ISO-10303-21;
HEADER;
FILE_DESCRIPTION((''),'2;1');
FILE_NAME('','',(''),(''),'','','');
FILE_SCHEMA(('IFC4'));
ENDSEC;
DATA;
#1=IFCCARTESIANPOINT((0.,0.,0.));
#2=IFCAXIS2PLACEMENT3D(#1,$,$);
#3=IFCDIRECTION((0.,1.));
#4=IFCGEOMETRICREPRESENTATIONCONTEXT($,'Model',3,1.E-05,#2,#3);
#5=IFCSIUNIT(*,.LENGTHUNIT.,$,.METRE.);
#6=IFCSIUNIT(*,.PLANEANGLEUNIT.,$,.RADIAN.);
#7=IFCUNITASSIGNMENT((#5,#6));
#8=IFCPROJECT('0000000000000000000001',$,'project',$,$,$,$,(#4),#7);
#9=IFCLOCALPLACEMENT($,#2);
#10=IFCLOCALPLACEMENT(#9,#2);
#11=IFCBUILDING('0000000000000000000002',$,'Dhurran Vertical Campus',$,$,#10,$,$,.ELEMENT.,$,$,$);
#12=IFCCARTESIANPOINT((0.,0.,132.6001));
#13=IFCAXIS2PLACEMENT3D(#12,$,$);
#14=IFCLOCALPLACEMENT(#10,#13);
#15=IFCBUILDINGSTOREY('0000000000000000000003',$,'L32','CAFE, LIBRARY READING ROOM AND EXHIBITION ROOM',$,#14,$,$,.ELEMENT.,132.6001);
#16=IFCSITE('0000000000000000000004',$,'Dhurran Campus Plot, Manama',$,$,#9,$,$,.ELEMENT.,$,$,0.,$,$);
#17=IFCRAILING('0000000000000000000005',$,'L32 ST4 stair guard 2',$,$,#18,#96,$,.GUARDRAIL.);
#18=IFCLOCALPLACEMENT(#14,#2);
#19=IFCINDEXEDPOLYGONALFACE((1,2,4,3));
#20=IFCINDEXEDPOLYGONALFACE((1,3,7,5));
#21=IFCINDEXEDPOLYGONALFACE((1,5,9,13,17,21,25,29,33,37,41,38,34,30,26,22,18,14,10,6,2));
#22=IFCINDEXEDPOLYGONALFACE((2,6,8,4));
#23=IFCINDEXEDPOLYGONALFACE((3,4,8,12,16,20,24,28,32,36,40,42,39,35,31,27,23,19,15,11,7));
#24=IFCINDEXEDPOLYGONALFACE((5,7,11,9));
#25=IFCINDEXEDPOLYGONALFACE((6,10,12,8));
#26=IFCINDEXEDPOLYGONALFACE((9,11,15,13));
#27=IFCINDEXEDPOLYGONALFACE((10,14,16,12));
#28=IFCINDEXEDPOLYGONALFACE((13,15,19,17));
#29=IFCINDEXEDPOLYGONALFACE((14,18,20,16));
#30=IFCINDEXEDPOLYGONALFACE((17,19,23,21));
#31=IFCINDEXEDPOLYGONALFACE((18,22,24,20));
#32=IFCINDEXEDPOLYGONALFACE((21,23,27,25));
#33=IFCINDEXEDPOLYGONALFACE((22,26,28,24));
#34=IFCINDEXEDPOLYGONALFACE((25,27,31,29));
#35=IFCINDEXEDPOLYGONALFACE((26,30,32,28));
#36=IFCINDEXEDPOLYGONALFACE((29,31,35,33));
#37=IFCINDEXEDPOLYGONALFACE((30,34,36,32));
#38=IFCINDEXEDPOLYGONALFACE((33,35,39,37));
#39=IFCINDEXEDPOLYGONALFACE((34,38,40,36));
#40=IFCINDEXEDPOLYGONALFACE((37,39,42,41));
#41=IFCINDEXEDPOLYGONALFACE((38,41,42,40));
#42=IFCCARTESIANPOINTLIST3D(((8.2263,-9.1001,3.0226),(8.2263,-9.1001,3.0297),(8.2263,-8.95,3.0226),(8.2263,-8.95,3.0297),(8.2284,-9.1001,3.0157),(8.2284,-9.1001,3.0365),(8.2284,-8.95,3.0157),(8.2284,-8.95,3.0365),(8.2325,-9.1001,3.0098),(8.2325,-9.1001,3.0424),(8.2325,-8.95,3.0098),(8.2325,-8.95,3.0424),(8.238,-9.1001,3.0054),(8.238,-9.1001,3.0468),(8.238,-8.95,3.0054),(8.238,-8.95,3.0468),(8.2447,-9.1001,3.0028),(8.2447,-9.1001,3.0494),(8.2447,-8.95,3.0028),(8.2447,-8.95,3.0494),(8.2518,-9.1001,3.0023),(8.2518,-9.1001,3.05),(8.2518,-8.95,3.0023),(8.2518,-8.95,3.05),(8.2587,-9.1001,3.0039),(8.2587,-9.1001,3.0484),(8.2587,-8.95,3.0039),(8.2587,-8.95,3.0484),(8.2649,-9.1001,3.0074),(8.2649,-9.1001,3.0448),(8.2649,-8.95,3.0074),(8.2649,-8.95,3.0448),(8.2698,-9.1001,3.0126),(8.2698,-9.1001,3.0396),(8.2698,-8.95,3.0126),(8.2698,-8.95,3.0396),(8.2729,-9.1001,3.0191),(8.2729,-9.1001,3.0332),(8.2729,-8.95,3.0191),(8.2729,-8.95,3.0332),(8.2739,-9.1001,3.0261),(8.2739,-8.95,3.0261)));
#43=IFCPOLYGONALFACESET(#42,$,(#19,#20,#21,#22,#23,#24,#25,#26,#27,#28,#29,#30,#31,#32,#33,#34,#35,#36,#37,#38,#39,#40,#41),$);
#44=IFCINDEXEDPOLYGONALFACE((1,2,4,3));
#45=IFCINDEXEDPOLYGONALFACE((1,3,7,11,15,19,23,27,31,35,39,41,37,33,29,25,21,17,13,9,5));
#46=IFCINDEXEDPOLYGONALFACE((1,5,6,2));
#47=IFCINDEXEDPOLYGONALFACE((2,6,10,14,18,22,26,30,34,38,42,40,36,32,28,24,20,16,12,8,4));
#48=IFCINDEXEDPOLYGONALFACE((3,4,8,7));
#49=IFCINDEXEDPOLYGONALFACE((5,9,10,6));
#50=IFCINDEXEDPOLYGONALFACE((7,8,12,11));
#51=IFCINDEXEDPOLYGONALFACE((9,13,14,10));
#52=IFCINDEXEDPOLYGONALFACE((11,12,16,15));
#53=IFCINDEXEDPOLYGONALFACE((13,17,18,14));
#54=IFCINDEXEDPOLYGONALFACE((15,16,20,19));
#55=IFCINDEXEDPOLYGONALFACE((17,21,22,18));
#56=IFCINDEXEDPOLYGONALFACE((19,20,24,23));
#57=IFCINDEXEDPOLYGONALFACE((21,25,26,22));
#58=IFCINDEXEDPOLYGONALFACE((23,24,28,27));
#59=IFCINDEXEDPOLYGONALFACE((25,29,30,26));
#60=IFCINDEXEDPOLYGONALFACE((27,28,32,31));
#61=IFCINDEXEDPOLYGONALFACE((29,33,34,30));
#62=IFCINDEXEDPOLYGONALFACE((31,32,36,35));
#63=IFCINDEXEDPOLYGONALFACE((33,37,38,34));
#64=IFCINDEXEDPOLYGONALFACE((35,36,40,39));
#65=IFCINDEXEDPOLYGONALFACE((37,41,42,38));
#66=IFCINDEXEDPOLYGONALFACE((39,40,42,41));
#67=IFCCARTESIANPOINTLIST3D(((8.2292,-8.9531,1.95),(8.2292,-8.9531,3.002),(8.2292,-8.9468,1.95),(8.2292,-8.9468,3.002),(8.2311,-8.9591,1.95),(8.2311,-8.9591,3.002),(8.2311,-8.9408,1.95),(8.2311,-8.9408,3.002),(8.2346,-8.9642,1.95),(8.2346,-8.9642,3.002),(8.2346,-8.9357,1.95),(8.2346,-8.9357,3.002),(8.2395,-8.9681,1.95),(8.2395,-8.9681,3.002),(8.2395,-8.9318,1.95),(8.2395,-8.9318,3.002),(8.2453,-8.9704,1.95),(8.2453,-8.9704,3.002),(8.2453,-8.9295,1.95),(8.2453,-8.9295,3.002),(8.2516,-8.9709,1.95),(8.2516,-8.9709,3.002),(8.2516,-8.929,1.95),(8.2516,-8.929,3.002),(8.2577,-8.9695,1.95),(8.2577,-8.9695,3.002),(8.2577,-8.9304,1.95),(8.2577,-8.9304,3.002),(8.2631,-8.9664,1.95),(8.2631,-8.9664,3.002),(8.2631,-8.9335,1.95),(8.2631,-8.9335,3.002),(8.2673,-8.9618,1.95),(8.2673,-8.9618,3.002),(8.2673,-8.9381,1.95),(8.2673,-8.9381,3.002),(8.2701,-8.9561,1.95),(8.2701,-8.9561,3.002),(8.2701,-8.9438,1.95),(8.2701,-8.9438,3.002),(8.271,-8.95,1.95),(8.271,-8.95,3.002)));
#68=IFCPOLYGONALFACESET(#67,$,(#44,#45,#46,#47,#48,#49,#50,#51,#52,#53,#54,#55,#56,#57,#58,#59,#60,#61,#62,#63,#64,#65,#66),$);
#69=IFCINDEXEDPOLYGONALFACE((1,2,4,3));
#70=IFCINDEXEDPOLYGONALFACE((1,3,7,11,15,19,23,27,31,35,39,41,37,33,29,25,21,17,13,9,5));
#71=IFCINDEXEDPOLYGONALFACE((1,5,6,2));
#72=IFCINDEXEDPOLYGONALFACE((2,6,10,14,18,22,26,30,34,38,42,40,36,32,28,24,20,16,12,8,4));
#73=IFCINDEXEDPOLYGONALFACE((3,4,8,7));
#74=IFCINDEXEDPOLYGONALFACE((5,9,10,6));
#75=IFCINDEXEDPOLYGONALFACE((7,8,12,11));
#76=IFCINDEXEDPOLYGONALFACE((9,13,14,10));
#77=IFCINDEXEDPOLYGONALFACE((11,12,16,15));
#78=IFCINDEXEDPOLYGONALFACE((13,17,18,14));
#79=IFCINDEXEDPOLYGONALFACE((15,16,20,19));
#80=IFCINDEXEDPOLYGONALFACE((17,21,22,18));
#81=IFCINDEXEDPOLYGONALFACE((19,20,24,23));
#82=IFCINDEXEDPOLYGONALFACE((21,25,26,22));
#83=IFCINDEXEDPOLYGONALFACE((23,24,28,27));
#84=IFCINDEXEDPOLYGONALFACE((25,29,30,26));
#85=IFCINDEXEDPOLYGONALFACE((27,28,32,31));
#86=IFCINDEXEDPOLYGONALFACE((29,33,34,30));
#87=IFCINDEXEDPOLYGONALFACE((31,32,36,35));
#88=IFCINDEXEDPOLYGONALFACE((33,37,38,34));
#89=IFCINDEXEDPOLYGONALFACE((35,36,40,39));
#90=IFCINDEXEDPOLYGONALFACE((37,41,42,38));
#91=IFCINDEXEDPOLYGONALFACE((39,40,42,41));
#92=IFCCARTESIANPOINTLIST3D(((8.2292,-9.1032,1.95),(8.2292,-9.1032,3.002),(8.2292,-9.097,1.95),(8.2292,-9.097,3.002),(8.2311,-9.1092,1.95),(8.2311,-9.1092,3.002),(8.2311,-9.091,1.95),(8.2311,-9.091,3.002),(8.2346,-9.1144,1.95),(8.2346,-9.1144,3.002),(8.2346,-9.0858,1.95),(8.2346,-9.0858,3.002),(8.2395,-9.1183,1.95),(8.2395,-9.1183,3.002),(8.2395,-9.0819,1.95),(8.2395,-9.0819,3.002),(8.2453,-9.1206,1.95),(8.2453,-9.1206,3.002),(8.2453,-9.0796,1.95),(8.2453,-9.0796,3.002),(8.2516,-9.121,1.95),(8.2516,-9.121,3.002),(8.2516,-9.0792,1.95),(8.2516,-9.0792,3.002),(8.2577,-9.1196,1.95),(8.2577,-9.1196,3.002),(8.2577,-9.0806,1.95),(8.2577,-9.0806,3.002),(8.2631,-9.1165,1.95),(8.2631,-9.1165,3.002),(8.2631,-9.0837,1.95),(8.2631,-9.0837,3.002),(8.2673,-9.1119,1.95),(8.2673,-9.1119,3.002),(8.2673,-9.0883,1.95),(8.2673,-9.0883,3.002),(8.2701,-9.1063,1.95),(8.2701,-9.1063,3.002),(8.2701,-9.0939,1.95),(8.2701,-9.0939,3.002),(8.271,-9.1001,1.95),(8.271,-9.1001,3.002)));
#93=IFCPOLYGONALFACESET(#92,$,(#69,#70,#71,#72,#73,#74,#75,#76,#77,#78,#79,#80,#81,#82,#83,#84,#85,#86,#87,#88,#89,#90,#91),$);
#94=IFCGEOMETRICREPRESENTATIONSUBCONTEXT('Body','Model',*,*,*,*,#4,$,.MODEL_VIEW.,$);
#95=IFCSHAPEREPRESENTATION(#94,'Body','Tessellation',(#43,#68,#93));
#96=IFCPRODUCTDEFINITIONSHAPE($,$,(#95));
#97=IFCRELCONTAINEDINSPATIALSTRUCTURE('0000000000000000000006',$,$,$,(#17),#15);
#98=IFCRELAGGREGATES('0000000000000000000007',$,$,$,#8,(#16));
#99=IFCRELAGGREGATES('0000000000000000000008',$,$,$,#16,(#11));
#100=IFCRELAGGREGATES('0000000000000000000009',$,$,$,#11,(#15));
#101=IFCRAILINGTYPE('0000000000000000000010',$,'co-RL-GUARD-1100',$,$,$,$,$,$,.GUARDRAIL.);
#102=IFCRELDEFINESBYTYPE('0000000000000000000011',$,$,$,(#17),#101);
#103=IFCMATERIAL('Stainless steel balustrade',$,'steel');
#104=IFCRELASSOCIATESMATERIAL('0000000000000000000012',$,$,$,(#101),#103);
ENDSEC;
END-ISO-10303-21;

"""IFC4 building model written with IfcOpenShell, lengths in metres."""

from ifc_helpers import new_model, si_unit, direction, frame, origin, origin_2d, place, context, subcontext, project, spatial, circle, extrude, material, type_object, element, save


model = new_model("IFC4")

# Units and contexts
model_context = context("Model", 3, precision=1e-05, world=origin(), true_north=direction((0.0, 1.0)))
body_context = subcontext(model_context, "Body", "Model", "MODEL_VIEW")
ifc_project = project(units=[si_unit("LENGTHUNIT", "METRE"), si_unit("PLANEANGLEUNIT", "RADIAN")], contexts=[model_context])

# Site, building, storey
site_placement = place(None, origin())
site = spatial("IfcSite", under=ifc_project, at=site_placement, Name="Dhurran Campus Plot, Manama", CompositionType="ELEMENT", RefElevation=0.0)
building_placement = place(site_placement, origin())
building = spatial("IfcBuilding", under=site, at=building_placement, Name="Dhurran Vertical Campus", CompositionType="ELEMENT")
storey_placement = place(building_placement, frame((0.0, 0.0, 132.6001)))
storey = spatial("IfcBuildingStorey", under=building, at=storey_placement, Name="L32", Description="CAFE, LIBRARY READING ROOM AND EXHIBITION ROOM", CompositionType="ELEMENT", Elevation=132.6001)

# Railing
ifc_material_1 = material(Name="Stainless steel balustrade", Category="steel")
railing_type_1 = type_object("IfcRailingType", Name="co-RL-GUARD-1100", PredefinedType="GUARDRAIL", material=ifc_material_1)
railing_1_placement = place(storey_placement, frame((8.25, -8.95, 1.95)))
element("IfcRailing", 1, at=railing_1_placement, inside=storey, type_object=railing_type_1, Name="L32 ST4 stair guard 2", PredefinedType="GUARDRAIL", context=body_context, shape_type="SweptSolid", body=[
    extrude(circle(Radius=0.0239, at=origin_2d()), frame((0.0, 0.0, 1.0762), z_axis=(0.0, -1.0, 0.0), x_axis=(1.0, 0.0, 0.0)), (0.0, 0.0, 1.0), 0.1501),
    extrude(circle(Radius=0.021, at=origin_2d()), origin(), (0.0, 0.0, 1.0), 1.052),
    extrude(circle(Radius=0.021, at=origin_2d()), frame((0.0, -0.1501, 0.0)), (0.0, 0.0, 1.0), 1.052),
])

save(model, "model.ifc")
